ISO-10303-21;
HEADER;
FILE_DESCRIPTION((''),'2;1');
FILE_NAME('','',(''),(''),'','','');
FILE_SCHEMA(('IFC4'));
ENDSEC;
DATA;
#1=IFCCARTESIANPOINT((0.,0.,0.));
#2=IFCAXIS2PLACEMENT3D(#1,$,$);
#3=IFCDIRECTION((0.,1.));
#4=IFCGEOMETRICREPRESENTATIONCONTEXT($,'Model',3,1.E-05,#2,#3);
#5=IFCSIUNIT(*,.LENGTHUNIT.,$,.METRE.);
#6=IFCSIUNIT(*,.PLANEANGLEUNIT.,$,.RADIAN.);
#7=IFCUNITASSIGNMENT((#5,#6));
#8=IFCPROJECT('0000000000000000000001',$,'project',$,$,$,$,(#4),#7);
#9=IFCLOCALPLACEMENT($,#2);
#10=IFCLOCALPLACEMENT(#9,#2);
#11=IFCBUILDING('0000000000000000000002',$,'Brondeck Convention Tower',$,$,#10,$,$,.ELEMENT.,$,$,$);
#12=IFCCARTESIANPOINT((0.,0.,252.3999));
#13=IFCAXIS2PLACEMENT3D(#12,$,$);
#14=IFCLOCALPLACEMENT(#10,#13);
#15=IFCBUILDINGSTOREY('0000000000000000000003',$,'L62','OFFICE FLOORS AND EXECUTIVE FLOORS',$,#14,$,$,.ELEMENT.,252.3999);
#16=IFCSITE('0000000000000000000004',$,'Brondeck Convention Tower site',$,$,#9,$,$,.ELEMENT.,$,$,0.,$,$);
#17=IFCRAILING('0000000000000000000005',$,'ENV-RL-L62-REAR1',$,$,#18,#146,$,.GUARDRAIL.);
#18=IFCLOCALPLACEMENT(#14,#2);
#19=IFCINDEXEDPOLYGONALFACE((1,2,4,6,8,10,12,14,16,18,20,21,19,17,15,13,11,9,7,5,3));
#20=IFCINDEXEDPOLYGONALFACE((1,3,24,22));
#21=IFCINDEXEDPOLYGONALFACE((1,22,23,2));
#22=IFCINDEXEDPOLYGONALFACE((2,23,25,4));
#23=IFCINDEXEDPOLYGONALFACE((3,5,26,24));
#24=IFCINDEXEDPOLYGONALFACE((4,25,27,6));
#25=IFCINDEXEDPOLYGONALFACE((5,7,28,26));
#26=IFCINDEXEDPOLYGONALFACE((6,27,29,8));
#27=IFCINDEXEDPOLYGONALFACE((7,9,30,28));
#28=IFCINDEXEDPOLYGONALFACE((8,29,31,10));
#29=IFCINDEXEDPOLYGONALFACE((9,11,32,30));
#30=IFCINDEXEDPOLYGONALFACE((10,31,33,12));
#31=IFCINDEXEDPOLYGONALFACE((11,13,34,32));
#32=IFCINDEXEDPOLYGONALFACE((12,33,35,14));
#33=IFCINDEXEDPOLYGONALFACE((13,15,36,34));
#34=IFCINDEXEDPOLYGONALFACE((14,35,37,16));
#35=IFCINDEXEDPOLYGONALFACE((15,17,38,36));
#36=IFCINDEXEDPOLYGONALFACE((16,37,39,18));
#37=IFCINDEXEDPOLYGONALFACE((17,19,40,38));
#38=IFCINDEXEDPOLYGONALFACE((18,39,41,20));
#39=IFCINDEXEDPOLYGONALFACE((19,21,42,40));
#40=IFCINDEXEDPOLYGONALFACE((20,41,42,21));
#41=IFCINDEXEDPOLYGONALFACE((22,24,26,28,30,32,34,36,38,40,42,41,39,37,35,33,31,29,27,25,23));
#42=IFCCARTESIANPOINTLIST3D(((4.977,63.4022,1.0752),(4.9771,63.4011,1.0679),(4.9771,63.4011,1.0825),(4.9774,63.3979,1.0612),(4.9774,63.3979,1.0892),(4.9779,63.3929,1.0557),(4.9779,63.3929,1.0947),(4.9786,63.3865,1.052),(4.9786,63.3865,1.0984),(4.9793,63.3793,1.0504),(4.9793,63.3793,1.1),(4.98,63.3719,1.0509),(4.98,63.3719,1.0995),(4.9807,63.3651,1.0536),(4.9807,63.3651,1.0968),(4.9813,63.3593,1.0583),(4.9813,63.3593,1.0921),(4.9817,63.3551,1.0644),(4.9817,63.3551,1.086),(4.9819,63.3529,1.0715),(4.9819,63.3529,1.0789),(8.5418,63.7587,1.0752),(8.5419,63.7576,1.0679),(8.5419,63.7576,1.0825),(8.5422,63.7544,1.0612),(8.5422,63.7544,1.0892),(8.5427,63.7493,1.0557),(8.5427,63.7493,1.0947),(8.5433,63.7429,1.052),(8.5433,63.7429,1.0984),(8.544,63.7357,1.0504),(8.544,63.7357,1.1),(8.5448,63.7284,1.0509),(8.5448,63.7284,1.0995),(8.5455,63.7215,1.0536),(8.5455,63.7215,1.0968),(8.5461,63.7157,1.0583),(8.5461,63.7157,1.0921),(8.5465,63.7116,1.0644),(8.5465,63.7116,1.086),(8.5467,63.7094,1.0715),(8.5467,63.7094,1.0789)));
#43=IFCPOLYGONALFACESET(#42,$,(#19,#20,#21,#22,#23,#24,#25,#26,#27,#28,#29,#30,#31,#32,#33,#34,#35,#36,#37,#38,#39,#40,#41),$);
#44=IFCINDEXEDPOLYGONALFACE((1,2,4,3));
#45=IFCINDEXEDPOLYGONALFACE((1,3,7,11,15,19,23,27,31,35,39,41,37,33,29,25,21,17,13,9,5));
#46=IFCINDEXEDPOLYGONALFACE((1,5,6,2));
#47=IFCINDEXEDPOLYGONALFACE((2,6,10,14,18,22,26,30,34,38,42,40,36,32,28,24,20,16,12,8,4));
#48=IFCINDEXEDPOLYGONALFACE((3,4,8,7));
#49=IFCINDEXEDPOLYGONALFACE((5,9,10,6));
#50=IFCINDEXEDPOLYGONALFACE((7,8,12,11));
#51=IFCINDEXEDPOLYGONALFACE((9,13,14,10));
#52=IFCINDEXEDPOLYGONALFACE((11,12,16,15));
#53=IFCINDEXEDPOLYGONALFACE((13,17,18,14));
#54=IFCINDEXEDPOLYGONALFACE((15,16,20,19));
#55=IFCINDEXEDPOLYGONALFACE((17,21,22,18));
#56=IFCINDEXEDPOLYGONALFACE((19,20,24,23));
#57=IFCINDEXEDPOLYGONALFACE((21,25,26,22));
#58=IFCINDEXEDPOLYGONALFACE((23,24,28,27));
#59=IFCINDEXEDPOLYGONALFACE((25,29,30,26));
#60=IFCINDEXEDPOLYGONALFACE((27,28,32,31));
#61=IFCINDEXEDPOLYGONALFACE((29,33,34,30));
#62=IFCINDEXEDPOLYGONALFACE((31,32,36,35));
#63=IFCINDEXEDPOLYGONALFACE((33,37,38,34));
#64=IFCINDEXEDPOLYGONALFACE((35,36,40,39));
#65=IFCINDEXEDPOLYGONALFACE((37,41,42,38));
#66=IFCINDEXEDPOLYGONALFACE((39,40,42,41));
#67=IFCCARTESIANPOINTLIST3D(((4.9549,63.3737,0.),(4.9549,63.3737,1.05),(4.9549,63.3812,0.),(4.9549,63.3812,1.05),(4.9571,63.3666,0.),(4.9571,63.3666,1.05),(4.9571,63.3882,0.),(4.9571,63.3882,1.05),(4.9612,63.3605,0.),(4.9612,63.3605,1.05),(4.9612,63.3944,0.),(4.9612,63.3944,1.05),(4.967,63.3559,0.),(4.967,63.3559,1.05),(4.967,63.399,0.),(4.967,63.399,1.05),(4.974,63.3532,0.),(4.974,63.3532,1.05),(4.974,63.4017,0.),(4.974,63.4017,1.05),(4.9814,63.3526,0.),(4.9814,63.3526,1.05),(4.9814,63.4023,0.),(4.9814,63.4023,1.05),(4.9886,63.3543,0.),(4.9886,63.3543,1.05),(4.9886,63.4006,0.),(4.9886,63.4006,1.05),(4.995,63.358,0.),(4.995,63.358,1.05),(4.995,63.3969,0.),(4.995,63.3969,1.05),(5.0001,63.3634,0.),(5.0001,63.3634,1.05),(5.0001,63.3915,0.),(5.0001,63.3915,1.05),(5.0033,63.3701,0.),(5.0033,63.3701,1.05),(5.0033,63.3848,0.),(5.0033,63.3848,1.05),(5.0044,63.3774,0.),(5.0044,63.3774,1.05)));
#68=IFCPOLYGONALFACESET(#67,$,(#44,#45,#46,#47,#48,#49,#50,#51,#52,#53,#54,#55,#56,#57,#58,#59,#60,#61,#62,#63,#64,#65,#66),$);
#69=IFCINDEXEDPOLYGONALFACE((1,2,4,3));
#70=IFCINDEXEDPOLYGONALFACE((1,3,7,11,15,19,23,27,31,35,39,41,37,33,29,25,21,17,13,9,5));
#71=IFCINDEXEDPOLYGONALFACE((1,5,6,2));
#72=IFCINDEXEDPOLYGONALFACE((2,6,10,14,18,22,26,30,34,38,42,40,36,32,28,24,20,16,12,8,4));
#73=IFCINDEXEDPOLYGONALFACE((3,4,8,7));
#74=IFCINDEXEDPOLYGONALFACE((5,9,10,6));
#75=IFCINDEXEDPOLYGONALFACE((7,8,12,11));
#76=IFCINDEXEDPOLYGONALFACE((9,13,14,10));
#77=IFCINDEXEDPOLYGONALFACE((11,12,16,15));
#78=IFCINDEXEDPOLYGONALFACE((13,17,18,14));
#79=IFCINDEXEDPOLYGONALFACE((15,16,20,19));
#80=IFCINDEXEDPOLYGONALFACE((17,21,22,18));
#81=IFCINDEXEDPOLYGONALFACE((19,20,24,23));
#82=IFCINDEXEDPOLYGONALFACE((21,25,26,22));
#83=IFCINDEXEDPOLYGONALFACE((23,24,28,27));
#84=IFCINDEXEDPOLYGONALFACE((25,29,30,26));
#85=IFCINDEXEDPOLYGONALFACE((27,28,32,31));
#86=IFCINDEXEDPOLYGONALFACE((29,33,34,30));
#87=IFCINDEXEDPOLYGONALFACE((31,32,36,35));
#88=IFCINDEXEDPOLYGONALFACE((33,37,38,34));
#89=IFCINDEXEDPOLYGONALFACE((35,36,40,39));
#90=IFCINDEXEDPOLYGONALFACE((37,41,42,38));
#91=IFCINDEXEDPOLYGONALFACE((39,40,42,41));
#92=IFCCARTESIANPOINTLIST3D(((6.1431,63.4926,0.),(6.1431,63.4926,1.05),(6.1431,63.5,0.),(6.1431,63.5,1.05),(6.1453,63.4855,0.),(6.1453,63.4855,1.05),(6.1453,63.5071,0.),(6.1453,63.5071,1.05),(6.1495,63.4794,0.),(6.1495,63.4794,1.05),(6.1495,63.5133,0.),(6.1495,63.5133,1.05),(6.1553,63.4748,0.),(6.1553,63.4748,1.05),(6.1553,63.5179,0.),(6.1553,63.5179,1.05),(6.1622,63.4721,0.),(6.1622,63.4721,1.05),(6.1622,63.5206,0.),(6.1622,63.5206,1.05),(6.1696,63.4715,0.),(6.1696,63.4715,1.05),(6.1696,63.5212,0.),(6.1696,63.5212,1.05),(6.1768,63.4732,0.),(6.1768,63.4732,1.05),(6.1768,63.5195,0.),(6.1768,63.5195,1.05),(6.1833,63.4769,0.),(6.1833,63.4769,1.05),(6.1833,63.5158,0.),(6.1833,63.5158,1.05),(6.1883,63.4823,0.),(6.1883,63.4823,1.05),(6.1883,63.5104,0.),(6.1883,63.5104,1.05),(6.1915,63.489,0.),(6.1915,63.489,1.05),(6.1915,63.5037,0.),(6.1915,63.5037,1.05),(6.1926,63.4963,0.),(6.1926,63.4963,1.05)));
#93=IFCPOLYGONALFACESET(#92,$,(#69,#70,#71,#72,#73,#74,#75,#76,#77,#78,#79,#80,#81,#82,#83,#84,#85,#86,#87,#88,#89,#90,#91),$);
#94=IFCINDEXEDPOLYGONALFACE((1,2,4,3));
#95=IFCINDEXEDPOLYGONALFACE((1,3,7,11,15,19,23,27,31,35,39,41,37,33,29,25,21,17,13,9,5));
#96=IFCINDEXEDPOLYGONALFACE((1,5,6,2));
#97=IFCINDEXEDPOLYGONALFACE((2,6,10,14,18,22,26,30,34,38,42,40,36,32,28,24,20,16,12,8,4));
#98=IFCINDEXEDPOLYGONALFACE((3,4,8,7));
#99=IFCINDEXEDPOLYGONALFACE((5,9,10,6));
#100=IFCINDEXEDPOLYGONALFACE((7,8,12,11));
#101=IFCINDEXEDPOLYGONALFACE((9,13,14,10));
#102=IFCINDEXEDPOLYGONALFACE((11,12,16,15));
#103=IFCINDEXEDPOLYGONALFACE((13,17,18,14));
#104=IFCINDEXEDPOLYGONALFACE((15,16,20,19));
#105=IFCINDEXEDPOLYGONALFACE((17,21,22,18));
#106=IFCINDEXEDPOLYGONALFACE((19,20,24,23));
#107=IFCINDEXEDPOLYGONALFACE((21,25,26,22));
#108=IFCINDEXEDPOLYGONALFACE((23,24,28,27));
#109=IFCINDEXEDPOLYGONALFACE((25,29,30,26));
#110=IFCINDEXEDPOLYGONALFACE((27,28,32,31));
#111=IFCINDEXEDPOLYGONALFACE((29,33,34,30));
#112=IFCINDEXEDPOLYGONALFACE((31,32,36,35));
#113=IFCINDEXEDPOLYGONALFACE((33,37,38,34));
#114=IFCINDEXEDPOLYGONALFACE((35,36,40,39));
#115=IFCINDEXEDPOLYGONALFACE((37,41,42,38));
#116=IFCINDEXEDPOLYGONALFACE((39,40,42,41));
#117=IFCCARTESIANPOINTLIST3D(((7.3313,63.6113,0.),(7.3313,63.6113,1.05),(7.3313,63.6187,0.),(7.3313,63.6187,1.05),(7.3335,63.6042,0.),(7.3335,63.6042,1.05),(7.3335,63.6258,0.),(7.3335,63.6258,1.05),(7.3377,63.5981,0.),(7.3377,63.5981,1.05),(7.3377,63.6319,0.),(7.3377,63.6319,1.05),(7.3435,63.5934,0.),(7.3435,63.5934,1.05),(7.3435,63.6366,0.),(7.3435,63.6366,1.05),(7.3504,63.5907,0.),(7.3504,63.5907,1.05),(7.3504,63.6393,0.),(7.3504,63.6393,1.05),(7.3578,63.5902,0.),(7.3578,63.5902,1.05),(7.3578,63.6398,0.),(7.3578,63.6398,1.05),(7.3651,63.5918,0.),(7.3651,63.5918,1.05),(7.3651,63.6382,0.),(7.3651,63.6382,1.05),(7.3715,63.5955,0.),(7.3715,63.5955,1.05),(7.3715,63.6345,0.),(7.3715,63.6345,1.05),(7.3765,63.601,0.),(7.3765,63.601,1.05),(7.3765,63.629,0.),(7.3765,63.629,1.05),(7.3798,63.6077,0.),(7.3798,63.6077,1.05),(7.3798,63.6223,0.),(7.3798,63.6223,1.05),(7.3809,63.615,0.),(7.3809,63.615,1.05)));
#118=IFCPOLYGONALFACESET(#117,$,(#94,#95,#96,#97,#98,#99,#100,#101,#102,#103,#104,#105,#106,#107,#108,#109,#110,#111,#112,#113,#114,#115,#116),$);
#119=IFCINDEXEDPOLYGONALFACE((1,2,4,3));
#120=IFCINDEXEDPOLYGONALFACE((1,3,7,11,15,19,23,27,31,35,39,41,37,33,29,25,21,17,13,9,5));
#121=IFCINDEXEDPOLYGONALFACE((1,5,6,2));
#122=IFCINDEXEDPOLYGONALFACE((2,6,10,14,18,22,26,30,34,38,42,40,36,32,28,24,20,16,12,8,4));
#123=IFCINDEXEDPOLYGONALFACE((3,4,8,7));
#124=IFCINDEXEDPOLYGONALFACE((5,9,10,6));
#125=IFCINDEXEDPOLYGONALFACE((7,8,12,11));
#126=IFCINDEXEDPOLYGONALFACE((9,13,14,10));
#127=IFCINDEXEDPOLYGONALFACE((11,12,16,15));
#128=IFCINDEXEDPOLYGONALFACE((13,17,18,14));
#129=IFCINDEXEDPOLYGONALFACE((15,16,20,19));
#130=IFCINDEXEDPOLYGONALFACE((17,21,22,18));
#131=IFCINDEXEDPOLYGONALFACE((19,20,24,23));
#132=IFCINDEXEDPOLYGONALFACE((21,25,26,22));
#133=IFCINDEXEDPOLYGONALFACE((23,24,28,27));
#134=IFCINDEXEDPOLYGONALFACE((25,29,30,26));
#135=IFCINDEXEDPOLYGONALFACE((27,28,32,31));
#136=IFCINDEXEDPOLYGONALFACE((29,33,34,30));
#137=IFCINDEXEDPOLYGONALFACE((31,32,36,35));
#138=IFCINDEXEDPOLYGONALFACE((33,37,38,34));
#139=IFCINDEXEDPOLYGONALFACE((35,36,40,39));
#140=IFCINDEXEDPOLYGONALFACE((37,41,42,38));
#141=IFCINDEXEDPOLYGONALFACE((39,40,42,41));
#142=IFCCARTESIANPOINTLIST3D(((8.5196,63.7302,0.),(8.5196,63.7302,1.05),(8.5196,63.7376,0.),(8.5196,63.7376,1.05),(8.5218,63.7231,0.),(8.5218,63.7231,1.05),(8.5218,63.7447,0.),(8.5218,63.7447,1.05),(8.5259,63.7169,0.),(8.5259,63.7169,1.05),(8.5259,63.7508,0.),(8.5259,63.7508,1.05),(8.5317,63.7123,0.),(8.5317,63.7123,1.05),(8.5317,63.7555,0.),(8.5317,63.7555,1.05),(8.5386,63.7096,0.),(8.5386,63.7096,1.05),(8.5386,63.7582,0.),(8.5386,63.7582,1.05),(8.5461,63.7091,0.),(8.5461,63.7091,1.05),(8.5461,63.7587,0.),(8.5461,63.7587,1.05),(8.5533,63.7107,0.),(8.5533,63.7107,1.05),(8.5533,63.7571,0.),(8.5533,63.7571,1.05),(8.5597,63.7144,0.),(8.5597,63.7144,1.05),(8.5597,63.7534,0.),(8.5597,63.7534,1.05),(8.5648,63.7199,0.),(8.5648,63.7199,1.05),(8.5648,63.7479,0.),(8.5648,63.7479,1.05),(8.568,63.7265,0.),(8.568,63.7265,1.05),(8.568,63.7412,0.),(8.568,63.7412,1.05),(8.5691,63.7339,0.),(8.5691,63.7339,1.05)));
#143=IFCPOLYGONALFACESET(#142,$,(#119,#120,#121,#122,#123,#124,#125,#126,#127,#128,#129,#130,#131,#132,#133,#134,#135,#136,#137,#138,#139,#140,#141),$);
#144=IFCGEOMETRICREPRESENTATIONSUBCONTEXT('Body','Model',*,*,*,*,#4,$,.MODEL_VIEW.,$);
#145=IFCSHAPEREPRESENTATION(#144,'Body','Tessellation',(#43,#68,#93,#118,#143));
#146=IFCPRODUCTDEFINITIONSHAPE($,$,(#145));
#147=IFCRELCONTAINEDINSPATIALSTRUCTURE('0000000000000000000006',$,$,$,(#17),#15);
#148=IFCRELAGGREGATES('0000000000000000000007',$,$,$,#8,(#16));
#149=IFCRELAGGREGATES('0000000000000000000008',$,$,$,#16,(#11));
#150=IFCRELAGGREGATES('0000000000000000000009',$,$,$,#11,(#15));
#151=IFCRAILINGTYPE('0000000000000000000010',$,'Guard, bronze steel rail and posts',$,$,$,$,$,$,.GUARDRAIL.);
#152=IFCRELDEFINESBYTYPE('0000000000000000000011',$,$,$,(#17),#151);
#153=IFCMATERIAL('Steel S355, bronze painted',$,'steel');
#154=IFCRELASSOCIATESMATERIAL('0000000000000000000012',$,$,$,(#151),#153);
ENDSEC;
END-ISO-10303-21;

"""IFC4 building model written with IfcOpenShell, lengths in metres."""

from ifc_helpers import new_model, si_unit, direction, frame, origin, origin_2d, place, context, subcontext, project, spatial, circle, extrude, material, type_object, element, save


model = new_model("IFC4")

# Units and contexts
model_context = context("Model", 3, precision=1e-05, world=origin(), true_north=direction((0.0, 1.0)))
body_context = subcontext(model_context, "Body", "Model", "MODEL_VIEW")
ifc_project = project(units=[si_unit("LENGTHUNIT", "METRE"), si_unit("PLANEANGLEUNIT", "RADIAN")], contexts=[model_context])

# Site, building, storey
site_placement = place(None, origin())
site = spatial("IfcSite", under=ifc_project, at=site_placement, Name="Brondeck Convention Tower site", CompositionType="ELEMENT", RefElevation=0.0)
building_placement = place(site_placement, origin())
building = spatial("IfcBuilding", under=site, at=building_placement, Name="Brondeck Convention Tower", CompositionType="ELEMENT")
storey_placement = place(building_placement, frame((0.0, 0.0, 252.3999)))
storey = spatial("IfcBuildingStorey", under=building, at=storey_placement, Name="L62", Description="OFFICE FLOORS AND EXECUTIVE FLOORS", CompositionType="ELEMENT", Elevation=252.3999)

# Railing
ifc_material_1 = material(Name="Steel S355, bronze painted", Category="steel")
railing_type = type_object("IfcRailingType", Name="Guard, bronze steel rail and posts", PredefinedType="GUARDRAIL", material=ifc_material_1)
railing_placement = place(storey_placement, frame((4.9795, 63.3774, 0.0)))
element("IfcRailing", 1, at=railing_placement, inside=storey, type_object=railing_type, Name="ENV-RL-L62-REAR1", PredefinedType="GUARDRAIL", context=body_context, shape_type="SweptSolid", body=[
    extrude(circle(Radius=0.0249, at=origin_2d()), frame((0.0, 0.0, 1.0752), z_axis=(0.995038, 0.099497, 0.0), x_axis=(-0.099497, 0.995038, 0.0)), (0.0, 0.0, 1.0), 3.5825),
    extrude(circle(Radius=0.0249, at=origin_2d()), origin(), (0.0, 0.0, 1.0), 1.05),
    extrude(circle(Radius=0.0249, at=origin_2d()), frame((1.1882, 0.1189, 0.0)), (0.0, 0.0, 1.0), 1.05),
    extrude(circle(Radius=0.0249, at=origin_2d()), frame((2.3765, 0.2375, 0.0)), (0.0, 0.0, 1.0), 1.05),
    extrude(circle(Radius=0.0249, at=origin_2d()), frame((3.5647, 0.3564, 0.0)), (0.0, 0.0, 1.0), 1.05),
])

save(model, "model.ifc")
